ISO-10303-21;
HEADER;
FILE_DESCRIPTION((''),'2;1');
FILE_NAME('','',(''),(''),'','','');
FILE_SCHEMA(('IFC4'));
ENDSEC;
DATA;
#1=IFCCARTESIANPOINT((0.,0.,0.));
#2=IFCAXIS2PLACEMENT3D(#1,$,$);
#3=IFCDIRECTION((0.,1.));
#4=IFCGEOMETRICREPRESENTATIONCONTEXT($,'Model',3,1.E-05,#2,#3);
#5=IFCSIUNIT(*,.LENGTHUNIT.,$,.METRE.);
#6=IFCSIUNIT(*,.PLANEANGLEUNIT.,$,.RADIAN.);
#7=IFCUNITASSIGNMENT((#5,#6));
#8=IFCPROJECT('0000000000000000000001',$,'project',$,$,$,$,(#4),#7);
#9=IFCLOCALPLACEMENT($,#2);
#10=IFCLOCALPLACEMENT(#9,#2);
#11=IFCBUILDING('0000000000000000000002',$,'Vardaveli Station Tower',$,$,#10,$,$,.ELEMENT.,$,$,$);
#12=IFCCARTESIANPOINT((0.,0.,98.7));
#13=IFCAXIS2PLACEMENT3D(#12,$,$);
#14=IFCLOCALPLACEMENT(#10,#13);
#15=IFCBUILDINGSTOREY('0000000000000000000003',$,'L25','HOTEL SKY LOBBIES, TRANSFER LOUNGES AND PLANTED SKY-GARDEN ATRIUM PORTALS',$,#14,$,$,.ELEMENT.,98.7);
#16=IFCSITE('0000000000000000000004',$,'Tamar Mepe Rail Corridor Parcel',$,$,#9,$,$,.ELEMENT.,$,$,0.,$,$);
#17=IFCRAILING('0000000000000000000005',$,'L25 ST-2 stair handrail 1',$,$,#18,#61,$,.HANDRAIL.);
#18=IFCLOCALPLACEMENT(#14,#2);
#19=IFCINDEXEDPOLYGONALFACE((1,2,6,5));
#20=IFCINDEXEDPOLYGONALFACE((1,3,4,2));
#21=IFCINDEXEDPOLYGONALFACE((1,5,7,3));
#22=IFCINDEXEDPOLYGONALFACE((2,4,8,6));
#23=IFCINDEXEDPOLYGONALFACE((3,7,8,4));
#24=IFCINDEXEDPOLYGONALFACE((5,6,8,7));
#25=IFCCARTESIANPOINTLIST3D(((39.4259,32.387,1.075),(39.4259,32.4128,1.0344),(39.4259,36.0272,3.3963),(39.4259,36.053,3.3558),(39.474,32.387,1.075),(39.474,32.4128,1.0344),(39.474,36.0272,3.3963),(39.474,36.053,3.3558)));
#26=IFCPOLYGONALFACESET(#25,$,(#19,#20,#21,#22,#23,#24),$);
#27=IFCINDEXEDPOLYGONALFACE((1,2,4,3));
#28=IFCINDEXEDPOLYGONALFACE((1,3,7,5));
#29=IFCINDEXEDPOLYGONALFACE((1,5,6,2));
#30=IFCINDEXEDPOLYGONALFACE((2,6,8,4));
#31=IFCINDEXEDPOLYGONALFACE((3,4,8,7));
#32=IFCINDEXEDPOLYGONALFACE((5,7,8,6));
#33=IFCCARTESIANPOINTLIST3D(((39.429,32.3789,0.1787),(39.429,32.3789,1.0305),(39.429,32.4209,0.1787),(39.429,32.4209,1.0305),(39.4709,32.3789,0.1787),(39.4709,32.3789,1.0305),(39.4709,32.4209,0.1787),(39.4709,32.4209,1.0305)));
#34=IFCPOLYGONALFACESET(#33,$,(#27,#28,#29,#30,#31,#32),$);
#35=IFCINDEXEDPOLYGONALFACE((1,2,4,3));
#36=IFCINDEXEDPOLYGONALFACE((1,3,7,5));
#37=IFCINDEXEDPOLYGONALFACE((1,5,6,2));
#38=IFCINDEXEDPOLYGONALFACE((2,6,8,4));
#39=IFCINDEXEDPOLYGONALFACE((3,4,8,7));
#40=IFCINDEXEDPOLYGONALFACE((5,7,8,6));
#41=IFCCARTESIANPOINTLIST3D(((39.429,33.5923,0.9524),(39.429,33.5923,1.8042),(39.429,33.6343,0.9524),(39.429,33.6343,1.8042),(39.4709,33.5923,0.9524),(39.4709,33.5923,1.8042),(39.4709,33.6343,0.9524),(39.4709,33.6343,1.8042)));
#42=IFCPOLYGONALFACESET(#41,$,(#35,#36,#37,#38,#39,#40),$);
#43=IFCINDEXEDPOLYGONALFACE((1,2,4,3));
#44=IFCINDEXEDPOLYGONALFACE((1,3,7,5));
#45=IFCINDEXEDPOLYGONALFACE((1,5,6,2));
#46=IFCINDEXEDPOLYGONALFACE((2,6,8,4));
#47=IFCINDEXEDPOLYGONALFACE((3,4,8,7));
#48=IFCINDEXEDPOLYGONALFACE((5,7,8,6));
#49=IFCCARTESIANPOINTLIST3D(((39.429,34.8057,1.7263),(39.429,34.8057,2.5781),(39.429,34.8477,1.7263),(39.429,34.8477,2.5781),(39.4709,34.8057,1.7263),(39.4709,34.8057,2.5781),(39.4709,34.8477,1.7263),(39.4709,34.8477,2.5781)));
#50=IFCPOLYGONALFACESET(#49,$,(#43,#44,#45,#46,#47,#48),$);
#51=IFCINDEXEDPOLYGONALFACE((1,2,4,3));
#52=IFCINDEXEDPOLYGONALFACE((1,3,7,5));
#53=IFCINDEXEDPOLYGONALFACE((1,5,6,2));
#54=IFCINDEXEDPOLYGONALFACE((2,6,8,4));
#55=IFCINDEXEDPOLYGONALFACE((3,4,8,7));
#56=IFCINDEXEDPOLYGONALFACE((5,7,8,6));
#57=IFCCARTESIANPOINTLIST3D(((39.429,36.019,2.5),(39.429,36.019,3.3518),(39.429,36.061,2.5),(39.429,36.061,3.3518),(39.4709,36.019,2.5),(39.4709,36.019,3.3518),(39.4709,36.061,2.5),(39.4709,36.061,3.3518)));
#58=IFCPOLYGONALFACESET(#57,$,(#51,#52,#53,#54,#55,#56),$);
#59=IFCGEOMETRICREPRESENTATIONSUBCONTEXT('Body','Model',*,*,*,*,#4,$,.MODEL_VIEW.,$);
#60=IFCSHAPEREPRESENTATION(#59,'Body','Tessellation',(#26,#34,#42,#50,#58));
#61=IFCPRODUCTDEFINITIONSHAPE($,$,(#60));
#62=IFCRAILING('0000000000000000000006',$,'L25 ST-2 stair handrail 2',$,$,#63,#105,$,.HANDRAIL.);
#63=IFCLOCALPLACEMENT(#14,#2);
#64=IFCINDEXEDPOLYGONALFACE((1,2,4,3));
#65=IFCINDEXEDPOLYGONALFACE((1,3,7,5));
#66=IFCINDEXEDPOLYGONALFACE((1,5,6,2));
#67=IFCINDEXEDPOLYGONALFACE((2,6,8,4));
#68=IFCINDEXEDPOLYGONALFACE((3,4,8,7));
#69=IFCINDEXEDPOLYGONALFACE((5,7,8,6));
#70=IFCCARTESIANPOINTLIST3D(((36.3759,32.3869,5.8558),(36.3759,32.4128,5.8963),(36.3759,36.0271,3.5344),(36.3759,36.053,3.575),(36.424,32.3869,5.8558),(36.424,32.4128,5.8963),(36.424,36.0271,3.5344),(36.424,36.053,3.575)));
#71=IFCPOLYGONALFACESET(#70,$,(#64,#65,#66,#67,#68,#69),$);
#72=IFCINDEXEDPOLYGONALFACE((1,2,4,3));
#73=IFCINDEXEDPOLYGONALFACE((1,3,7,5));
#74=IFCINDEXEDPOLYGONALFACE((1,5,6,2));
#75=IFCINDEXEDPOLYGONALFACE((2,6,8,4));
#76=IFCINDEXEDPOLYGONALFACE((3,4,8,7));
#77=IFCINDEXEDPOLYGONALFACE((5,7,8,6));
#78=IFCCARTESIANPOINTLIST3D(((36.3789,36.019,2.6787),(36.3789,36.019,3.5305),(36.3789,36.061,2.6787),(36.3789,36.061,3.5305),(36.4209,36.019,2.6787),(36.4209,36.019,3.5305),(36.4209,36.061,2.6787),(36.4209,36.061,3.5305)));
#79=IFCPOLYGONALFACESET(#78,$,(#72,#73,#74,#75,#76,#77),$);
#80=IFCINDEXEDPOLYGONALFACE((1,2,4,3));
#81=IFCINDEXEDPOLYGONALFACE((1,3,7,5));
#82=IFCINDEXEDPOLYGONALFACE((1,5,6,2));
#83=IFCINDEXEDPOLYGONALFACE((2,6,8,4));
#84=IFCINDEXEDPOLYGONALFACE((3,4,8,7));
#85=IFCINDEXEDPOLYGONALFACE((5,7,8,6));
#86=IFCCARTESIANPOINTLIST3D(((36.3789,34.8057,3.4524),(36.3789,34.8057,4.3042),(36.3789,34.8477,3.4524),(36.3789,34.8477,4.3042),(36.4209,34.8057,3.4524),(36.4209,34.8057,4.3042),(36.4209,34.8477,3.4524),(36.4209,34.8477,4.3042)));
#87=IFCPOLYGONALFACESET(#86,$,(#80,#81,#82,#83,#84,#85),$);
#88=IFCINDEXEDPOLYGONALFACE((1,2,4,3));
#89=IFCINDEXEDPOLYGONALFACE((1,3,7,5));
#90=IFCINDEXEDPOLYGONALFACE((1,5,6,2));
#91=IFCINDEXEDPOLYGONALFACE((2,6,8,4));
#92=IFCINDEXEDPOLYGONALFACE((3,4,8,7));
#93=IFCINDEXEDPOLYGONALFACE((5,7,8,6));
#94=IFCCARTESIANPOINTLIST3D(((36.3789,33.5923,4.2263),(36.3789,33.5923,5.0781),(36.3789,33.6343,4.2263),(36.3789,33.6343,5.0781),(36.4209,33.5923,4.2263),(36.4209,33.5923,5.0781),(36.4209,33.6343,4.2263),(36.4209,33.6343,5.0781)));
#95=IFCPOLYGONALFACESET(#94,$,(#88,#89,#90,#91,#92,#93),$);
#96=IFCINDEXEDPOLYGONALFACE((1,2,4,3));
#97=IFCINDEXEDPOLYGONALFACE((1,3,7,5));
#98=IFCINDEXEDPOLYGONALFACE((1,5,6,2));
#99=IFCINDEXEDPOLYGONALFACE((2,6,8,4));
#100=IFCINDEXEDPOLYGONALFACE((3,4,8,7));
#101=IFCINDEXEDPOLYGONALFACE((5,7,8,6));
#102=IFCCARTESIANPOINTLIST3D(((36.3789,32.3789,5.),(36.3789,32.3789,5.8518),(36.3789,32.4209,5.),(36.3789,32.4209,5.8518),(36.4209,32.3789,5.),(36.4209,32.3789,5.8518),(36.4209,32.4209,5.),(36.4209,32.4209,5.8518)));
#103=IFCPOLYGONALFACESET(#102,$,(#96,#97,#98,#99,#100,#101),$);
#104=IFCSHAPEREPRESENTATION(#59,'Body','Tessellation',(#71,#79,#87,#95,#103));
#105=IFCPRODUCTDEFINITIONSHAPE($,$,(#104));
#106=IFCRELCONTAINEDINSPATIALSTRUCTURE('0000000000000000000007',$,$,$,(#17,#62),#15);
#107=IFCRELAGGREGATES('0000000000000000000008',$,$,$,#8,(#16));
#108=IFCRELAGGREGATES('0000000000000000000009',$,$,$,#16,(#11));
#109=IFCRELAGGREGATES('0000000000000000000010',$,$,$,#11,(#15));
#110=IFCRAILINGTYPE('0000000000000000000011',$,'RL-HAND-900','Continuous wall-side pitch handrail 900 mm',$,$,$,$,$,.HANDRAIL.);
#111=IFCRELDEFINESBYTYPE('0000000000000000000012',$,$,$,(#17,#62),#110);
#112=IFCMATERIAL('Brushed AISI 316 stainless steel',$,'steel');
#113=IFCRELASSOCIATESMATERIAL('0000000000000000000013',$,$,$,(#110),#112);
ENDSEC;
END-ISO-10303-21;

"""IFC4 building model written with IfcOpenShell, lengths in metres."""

from ifc_helpers import new_model, si_unit, direction, frame, origin, origin_2d, place, context, subcontext, project, spatial, rectangle, extrude, source, transform, mapped, material, type_object, element, save


model = new_model("IFC4")

# Units and contexts
model_context = context("Model", 3, precision=1e-05, world=origin(), true_north=direction((0.0, 1.0)))
body_context = subcontext(model_context, "Body", "Model", "MODEL_VIEW")
ifc_project = project(units=[si_unit("LENGTHUNIT", "METRE"), si_unit("PLANEANGLEUNIT", "RADIAN")], contexts=[model_context])

# Site, building, storey
site_placement = place(None, origin())
site = spatial("IfcSite", under=ifc_project, at=site_placement, Name="Tamar Mepe Rail Corridor Parcel", CompositionType="ELEMENT", RefElevation=0.0)
building_placement = place(site_placement, origin())
building = spatial("IfcBuilding", under=site, at=building_placement, Name="Vardaveli Station Tower", CompositionType="ELEMENT")
storey_placement = place(building_placement, frame((0.0, 0.0, 98.7)))
storey = spatial("IfcBuildingStorey", under=building, at=storey_placement, Name="L25", Description="HOTEL SKY LOBBIES, TRANSFER LOUNGES AND PLANTED SKY-GARDEN ATRIUM PORTALS", CompositionType="ELEMENT", Elevation=98.7)

# Railings
ifc_material_1 = material(Name="Brushed AISI 316 stainless steel", Category="steel")
railing_type_1 = type_object("IfcRailingType", Name="RL-HAND-900", Description="Continuous wall-side pitch handrail 900 mm", PredefinedType="HANDRAIL", material=ifc_material_1)
shared_shape_1 = source(origin(), body_context, "Body", "SweptSolid", [
    extrude(rectangle(XDim=0.0481, YDim=0.0481, at=origin_2d()), frame((0.0, 0.0, 0.876), z_axis=(0.0, 0.843153, 0.537673), x_axis=(-1.0, 0.0, 0.0)), (0.0, 0.0, 1.0), 4.3174),
    extrude(rectangle(XDim=0.042, YDim=0.042, at=origin_2d()), origin(), (0.0, 0.0, 1.0), 0.8518),
    extrude(rectangle(XDim=0.042, YDim=0.042, at=origin_2d()), frame((0.0, 1.2134, 0.7737)), (0.0, 0.0, 1.0), 0.8518),
    extrude(rectangle(XDim=0.042, YDim=0.042, at=origin_2d()), frame((0.0, 2.4268, 1.5476)), (0.0, 0.0, 1.0), 0.8518),
    extrude(rectangle(XDim=0.042, YDim=0.042, at=origin_2d()), frame((0.0, 3.6401, 2.3213)), (0.0, 0.0, 1.0), 0.8518),
])
railing_1_placement = place(storey_placement, frame((39.45, 32.3999, 0.1787)))
element("IfcRailing", 1, at=railing_1_placement, inside=storey, type_object=railing_type_1, Name="L25 ST-2 stair handrail 1", PredefinedType="HANDRAIL", context=body_context, shape_type="MappedRepresentation", body=[
    mapped(shared_shape_1, transform((0.0, 0.0, 0.0), scale=1.0)),
])
shared_shape_2 = source(origin(), body_context, "Body", "SweptSolid", [
    extrude(rectangle(XDim=0.0481, YDim=0.0481, at=origin_2d()), frame((0.0, 0.0, 0.876), z_axis=(0.0, -0.843153, 0.537673), x_axis=(1.0, 0.0, 0.0)), (0.0, 0.0, 1.0), 4.3174),
    extrude(rectangle(XDim=0.042, YDim=0.042, at=origin_2d()), origin(), (0.0, 0.0, 1.0), 0.8518),
    extrude(rectangle(XDim=0.042, YDim=0.042, at=origin_2d()), frame((0.0, -1.2134, 0.7737)), (0.0, 0.0, 1.0), 0.8518),
    extrude(rectangle(XDim=0.042, YDim=0.042, at=origin_2d()), frame((0.0, -2.4268, 1.5476)), (0.0, 0.0, 1.0), 0.8518),
    extrude(rectangle(XDim=0.042, YDim=0.042, at=origin_2d()), frame((0.0, -3.6401, 2.3213)), (0.0, 0.0, 1.0), 0.8518),
])
railing_2_placement = place(storey_placement, frame((36.3999, 36.04, 2.6787)))
element("IfcRailing", 2, at=railing_2_placement, inside=storey, type_object=railing_type_1, Name="L25 ST-2 stair handrail 2", PredefinedType="HANDRAIL", context=body_context, shape_type="MappedRepresentation", body=[
    mapped(shared_shape_2, transform((0.0, 0.0, 0.0), scale=1.0)),
])

save(model, "model.ifc")
